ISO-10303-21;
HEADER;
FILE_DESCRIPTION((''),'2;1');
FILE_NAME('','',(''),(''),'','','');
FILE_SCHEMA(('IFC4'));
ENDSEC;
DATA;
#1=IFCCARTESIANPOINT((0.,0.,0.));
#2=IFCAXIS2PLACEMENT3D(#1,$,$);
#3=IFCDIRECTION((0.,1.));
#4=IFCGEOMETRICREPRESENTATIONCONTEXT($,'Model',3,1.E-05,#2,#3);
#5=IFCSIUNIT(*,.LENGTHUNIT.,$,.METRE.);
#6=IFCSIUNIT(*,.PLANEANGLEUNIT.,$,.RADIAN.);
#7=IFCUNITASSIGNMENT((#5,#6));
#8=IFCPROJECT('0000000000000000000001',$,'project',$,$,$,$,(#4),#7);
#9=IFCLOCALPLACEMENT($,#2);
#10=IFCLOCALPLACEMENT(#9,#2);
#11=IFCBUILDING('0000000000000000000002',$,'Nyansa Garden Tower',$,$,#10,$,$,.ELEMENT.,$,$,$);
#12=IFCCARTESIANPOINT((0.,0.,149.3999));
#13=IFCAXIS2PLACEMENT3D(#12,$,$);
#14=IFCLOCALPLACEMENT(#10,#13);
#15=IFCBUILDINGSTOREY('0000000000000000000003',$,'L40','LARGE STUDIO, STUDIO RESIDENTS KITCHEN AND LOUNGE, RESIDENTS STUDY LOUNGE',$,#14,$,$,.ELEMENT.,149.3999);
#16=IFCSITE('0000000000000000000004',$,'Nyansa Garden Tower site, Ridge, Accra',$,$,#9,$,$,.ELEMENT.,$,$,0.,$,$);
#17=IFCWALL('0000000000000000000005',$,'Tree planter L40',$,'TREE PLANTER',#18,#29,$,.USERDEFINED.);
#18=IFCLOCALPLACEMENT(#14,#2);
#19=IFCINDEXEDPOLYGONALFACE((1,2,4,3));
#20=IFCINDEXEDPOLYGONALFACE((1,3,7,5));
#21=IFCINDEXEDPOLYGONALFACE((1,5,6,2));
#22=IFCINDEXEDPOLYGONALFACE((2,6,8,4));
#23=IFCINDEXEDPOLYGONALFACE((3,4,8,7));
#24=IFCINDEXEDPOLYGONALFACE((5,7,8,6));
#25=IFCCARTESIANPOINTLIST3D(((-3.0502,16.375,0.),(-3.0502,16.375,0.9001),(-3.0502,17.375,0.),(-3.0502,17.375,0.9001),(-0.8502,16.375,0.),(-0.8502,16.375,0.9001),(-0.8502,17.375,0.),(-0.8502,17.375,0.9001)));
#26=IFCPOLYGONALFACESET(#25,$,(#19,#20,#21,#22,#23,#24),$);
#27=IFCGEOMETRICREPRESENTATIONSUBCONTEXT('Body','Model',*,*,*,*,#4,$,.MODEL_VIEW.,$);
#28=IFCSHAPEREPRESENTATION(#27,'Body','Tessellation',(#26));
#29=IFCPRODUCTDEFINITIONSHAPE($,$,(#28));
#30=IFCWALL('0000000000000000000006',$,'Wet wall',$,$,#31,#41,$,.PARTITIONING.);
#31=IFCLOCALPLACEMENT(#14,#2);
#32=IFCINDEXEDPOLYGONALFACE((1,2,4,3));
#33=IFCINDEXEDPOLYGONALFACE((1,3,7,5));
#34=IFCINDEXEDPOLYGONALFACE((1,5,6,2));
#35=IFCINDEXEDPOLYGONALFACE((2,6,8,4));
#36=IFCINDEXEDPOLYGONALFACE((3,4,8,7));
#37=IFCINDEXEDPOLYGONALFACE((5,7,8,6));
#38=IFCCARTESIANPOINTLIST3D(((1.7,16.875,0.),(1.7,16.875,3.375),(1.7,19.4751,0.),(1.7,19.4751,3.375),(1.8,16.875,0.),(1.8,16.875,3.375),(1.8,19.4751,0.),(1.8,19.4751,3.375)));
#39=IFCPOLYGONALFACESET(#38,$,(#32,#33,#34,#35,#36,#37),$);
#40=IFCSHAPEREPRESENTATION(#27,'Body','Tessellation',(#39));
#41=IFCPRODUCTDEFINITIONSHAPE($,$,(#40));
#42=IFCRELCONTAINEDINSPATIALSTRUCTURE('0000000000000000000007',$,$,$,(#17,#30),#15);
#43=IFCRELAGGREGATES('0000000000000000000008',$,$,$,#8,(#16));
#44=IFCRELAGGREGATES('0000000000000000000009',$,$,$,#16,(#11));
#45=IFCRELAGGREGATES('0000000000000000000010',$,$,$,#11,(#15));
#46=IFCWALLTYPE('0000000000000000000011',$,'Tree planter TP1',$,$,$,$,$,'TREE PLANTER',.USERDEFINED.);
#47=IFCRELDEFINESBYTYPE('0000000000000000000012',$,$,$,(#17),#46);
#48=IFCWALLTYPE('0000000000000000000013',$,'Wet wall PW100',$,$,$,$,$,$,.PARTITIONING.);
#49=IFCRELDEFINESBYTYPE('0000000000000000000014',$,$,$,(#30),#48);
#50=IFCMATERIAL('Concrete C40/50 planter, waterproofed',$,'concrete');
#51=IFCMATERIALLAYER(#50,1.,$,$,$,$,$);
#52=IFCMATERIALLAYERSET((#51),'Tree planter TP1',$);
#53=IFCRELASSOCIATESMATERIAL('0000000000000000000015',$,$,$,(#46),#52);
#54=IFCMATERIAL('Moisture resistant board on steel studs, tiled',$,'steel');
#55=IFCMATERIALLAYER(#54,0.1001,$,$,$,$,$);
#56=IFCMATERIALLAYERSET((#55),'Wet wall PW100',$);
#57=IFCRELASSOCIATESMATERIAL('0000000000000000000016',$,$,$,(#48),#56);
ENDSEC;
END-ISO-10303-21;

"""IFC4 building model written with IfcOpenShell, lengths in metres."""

from ifc_helpers import new_model, si_unit, direction, frame, frame_2d, origin, place, context, subcontext, project, spatial, rectangle, extrude, material, layer, layer_set, type_object, element, save


model = new_model("IFC4")

# Units and contexts
model_context = context("Model", 3, precision=1e-05, world=origin(), true_north=direction((0.0, 1.0)))
body_context = subcontext(model_context, "Body", "Model", "MODEL_VIEW")
ifc_project = project(units=[si_unit("LENGTHUNIT", "METRE"), si_unit("PLANEANGLEUNIT", "RADIAN")], contexts=[model_context])

# Site, building, storey
site_placement = place(None, origin())
site = spatial("IfcSite", under=ifc_project, at=site_placement, Name="Nyansa Garden Tower site, Ridge, Accra", CompositionType="ELEMENT", RefElevation=0.0)
building_placement = place(site_placement, origin())
building = spatial("IfcBuilding", under=site, at=building_placement, Name="Nyansa Garden Tower", CompositionType="ELEMENT")
storey_placement = place(building_placement, frame((0.0, 0.0, 149.3999)))
storey = spatial("IfcBuildingStorey", under=building, at=storey_placement, Name="L40", Description="LARGE STUDIO, STUDIO RESIDENTS KITCHEN AND LOUNGE, RESIDENTS STUDY LOUNGE", CompositionType="ELEMENT", Elevation=149.3999)

# Walls
ifc_material_1 = material(Name="Concrete C40/50 planter, waterproofed", Category="concrete")
ifc_layer_1 = layer(ifc_material_1, 1.0)
ifc_layer_set_1 = layer_set([ifc_layer_1], Name="Tree planter TP1")
wall_type_1 = type_object("IfcWallType", Name="Tree planter TP1", ElementType="TREE PLANTER", PredefinedType="USERDEFINED", material=ifc_layer_set_1)
wall_1_placement = place(storey_placement, frame((-0.8501, 16.875, 0.0), z_axis=(0.0, 0.0, 1.0), x_axis=(-1.0, 0.0, 0.0)))
element("IfcWall", 1, at=wall_1_placement, inside=storey, type_object=wall_type_1, Name="Tree planter L40", ObjectType="TREE PLANTER", PredefinedType="USERDEFINED", context=body_context, shape_type="SweptSolid", body=[
    extrude(rectangle(XDim=2.2, YDim=1.0, at=frame_2d((1.1001, 0.0))), origin(), (0.0, 0.0, 1.0), 0.9001),
])
ifc_material_2 = material(Name="Moisture resistant board on steel studs, tiled", Category="steel")
ifc_layer_2 = layer(ifc_material_2, 0.1001)
ifc_layer_set_2 = layer_set([ifc_layer_2], Name="Wet wall PW100")
wall_type_2 = type_object("IfcWallType", Name="Wet wall PW100", PredefinedType="PARTITIONING", material=ifc_layer_set_2)
wall_2_placement = place(storey_placement, frame((1.75, 16.875, 0.0), z_axis=(0.0, 0.0, 1.0), x_axis=(0.0, 1.0, 0.0)))
element("IfcWall", 2, at=wall_2_placement, inside=storey, type_object=wall_type_2, Name="Wet wall", PredefinedType="PARTITIONING", context=body_context, shape_type="SweptSolid", body=[
    extrude(rectangle(XDim=2.6001, YDim=0.1001, at=frame_2d((1.3, 0.0))), origin(), (0.0, 0.0, 1.0), 3.375),
])

save(model, "model.ifc")
